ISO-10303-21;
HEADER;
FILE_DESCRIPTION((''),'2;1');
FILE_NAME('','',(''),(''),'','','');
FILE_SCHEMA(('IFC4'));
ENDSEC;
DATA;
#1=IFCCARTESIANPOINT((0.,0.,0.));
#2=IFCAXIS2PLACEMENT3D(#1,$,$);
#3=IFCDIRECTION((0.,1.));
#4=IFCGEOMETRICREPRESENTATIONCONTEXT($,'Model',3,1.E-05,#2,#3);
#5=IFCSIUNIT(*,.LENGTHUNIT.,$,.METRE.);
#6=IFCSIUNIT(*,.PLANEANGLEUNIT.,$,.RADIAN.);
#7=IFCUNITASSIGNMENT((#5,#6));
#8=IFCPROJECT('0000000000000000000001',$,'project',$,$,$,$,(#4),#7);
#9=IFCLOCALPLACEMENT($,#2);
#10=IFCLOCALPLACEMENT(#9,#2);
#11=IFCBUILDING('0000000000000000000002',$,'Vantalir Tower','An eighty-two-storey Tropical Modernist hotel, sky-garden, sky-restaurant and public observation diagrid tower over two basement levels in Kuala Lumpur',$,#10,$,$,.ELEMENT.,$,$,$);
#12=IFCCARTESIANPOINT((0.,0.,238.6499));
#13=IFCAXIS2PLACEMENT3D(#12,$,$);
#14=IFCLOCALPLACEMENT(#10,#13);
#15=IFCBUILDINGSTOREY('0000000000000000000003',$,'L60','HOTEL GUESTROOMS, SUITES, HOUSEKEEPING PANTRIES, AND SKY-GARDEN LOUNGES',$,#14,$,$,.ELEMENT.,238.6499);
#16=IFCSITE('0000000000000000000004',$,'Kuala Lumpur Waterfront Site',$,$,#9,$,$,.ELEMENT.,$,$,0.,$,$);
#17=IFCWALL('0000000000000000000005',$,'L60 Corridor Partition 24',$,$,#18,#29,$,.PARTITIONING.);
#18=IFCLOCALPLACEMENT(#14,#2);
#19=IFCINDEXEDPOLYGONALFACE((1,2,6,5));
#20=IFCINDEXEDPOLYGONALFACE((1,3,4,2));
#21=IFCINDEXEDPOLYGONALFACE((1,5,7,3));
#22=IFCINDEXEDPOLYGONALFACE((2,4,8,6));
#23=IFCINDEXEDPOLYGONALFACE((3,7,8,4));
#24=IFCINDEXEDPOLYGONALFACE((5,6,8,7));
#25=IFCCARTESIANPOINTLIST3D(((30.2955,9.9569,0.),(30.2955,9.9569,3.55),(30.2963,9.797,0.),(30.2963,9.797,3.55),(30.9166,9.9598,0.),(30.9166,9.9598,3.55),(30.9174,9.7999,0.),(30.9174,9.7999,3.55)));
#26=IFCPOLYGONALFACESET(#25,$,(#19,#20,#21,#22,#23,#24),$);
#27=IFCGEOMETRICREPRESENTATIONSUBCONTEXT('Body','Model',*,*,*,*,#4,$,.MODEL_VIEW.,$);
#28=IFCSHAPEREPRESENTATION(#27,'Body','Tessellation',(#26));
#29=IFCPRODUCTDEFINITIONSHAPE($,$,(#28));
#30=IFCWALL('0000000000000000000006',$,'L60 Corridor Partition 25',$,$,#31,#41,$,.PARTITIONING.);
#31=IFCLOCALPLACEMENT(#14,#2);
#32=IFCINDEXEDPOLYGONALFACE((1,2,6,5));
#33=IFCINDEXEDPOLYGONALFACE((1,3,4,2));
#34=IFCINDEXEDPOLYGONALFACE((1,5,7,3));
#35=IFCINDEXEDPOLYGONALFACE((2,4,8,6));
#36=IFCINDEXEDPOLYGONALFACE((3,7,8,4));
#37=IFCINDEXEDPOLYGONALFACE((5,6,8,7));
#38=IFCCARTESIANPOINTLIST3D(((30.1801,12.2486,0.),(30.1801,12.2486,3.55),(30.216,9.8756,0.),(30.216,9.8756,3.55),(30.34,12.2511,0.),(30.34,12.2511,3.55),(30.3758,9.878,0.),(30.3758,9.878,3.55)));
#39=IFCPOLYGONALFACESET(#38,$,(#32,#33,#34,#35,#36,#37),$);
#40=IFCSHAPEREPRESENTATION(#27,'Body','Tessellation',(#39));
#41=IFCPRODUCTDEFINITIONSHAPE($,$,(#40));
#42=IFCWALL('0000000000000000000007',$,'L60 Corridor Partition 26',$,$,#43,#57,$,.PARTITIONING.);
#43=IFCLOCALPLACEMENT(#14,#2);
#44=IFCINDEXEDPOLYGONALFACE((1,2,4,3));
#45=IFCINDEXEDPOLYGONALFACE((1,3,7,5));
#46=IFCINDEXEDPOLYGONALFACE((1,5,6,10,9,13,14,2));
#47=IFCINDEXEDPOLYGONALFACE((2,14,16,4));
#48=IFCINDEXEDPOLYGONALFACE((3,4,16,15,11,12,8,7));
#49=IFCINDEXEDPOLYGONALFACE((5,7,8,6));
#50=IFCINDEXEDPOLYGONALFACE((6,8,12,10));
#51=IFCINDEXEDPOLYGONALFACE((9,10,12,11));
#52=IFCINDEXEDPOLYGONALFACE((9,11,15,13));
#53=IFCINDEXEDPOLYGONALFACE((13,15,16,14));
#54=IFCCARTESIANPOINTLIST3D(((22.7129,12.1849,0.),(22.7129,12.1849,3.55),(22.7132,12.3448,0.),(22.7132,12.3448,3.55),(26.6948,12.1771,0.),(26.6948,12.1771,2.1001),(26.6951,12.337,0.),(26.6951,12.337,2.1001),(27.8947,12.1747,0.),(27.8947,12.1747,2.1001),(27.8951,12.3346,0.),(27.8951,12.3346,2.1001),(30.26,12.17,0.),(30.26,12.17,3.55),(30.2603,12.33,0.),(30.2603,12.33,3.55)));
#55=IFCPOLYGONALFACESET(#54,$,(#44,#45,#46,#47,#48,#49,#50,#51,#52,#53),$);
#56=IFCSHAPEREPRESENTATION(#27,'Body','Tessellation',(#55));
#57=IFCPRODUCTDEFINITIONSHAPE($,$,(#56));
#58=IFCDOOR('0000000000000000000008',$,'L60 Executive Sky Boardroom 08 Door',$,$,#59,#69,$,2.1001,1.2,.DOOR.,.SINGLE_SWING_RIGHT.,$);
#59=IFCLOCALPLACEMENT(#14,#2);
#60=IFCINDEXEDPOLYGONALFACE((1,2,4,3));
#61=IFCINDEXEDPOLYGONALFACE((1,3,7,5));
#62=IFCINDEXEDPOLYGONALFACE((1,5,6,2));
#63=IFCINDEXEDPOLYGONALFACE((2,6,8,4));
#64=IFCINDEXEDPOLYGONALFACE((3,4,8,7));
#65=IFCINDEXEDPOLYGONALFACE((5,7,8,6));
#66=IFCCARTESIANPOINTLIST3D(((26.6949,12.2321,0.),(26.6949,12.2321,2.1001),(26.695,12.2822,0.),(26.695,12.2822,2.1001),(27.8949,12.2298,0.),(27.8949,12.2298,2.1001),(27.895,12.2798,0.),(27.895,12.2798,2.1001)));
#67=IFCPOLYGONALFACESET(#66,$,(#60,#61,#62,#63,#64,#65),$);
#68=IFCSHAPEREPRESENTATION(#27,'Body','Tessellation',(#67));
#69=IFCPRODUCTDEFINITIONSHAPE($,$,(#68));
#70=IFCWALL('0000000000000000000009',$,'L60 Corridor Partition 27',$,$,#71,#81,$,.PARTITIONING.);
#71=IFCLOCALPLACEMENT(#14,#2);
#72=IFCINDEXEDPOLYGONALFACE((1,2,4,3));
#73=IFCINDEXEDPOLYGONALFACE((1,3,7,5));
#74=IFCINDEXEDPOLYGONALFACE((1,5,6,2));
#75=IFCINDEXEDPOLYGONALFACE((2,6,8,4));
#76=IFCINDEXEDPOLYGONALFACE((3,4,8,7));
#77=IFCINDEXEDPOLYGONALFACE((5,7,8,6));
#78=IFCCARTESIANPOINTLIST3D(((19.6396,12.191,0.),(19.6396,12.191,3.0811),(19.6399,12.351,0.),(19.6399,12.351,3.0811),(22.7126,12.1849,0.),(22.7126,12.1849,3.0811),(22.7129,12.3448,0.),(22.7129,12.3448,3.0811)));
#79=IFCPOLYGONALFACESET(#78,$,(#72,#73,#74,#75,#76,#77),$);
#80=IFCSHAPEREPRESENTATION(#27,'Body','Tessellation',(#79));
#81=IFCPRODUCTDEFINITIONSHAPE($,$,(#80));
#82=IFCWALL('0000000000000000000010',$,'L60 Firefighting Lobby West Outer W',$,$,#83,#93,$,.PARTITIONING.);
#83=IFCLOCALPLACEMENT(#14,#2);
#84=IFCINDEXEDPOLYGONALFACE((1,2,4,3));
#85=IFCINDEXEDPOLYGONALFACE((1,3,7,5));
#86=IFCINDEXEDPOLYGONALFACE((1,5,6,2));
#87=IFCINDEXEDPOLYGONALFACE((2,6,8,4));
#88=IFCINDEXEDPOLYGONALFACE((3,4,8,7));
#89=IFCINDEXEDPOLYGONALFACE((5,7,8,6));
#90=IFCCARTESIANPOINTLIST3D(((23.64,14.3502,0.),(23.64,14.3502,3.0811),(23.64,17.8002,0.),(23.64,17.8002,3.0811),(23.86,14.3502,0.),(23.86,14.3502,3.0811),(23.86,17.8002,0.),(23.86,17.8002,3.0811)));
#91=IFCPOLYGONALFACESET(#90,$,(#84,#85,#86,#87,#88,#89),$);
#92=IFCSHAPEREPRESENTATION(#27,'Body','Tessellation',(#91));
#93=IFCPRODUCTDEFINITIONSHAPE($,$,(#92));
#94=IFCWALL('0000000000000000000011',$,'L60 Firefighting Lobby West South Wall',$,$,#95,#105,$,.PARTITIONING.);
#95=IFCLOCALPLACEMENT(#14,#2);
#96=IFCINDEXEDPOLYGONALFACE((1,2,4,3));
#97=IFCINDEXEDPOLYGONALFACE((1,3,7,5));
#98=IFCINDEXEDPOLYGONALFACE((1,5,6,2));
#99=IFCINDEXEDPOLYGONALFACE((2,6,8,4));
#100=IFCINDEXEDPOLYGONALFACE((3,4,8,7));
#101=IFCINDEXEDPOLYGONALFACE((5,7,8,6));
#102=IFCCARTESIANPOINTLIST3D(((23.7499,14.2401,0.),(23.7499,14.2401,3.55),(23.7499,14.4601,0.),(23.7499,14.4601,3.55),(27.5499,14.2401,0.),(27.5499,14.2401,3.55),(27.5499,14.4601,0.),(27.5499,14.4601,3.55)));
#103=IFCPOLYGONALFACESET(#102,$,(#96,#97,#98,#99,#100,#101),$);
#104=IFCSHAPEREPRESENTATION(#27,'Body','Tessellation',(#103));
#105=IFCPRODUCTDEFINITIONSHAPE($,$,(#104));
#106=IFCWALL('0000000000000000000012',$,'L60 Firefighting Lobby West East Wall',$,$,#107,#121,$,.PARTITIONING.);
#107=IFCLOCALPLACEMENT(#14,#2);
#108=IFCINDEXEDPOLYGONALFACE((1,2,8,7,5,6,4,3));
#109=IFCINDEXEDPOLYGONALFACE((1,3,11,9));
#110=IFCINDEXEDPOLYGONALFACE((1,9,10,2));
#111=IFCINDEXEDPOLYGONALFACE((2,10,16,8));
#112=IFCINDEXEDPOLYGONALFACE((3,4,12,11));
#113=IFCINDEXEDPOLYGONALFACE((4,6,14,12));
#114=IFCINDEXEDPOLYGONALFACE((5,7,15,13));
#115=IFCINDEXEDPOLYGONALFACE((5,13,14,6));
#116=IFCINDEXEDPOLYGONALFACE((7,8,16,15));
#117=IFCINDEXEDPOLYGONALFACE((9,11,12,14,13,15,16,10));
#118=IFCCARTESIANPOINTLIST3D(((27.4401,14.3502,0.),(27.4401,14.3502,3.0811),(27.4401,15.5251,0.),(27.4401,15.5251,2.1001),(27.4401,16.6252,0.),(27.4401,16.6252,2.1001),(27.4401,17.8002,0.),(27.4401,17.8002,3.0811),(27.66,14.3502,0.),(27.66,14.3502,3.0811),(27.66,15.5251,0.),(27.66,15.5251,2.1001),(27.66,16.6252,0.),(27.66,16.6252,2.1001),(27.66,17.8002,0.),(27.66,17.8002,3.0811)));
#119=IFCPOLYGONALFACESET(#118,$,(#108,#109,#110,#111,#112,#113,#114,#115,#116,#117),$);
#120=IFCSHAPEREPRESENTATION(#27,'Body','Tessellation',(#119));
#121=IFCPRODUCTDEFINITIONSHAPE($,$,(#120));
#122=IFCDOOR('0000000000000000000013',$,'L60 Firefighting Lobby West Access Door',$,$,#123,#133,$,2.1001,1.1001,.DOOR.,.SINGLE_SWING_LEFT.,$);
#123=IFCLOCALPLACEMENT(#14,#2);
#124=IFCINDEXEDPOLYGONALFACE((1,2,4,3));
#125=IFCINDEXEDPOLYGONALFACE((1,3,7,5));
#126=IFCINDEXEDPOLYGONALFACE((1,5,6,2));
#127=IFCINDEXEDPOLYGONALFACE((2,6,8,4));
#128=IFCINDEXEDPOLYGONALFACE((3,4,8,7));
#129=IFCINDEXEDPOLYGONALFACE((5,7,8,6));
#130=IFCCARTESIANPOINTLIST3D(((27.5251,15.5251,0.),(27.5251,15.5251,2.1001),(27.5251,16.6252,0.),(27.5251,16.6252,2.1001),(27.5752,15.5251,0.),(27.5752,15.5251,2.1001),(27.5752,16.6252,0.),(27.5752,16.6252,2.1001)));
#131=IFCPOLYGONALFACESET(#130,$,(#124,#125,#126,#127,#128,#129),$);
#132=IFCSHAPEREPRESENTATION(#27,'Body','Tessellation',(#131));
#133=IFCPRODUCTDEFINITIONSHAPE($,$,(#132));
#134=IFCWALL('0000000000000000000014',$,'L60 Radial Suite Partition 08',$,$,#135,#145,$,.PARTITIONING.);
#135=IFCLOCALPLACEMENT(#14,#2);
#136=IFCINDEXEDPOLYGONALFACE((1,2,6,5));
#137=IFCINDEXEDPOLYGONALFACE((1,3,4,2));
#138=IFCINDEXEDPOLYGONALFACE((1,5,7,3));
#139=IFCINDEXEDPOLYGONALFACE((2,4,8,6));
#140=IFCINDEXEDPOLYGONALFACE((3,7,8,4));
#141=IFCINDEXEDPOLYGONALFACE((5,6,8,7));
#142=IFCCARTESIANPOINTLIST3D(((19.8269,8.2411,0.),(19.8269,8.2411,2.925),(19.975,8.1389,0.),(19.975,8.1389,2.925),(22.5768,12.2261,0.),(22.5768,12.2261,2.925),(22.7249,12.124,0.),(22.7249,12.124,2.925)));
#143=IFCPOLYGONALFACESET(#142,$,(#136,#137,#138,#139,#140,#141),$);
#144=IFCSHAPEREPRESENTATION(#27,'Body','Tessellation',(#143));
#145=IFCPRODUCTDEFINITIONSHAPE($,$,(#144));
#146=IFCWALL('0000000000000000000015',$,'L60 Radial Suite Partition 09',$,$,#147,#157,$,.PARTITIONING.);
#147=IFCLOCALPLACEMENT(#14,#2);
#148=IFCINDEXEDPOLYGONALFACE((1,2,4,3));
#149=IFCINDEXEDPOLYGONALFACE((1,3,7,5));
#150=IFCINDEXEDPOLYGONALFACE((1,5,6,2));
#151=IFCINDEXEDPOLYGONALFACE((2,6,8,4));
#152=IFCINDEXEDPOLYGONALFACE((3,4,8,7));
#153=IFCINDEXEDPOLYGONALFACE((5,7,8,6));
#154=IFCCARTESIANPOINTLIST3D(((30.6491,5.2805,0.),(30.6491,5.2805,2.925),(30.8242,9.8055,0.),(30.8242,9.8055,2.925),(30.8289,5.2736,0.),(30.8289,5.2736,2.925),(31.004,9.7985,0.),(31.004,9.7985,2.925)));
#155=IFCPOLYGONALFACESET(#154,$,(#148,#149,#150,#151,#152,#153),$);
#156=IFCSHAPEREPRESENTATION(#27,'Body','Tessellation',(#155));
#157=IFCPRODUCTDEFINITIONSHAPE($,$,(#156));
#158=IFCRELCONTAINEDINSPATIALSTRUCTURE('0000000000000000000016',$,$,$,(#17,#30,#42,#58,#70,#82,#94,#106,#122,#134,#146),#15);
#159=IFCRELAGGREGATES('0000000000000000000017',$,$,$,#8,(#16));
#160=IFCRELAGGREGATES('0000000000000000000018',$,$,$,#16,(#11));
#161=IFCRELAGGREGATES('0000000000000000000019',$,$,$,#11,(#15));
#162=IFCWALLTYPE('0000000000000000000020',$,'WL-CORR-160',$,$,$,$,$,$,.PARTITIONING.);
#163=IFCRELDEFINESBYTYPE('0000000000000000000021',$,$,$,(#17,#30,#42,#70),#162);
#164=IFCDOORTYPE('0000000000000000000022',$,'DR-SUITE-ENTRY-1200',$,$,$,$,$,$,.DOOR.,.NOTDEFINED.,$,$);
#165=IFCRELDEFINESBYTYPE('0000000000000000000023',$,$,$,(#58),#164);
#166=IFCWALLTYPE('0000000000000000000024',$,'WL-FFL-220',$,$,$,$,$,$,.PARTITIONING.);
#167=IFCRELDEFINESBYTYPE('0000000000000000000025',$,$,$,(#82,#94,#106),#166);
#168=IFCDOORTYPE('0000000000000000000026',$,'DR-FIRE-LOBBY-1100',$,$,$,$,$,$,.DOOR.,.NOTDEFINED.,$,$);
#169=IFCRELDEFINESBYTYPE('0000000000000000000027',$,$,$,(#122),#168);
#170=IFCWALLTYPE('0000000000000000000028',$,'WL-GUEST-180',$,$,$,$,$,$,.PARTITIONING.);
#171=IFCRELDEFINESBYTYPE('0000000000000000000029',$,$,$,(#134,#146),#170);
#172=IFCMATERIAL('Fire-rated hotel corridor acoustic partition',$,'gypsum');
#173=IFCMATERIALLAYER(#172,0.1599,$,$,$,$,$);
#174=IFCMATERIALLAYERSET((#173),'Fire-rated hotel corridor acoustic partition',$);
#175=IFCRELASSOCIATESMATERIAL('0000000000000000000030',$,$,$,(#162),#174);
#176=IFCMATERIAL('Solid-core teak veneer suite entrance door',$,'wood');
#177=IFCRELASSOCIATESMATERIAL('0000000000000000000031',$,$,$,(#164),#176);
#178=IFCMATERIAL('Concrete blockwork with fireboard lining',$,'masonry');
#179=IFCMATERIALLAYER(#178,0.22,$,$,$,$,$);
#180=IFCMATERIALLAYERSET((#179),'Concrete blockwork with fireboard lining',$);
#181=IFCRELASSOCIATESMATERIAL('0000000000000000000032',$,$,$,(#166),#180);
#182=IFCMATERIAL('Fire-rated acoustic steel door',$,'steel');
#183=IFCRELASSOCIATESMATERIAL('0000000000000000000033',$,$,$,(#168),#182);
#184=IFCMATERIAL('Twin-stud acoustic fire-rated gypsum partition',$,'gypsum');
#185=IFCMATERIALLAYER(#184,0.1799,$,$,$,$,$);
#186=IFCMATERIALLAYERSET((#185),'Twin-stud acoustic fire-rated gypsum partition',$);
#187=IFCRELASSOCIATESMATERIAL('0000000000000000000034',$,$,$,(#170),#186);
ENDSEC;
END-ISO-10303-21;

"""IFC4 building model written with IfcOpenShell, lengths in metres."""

from ifc_helpers import new_model, si_unit, direction, frame, frame_2d, origin, place, context, subcontext, project, spatial, rectangle, extrude, material, layer, layer_set, type_object, element, fill, save


model = new_model("IFC4")

# Units and contexts
model_context = context("Model", 3, precision=1e-05, world=origin(), true_north=direction((0.0, 1.0)))
body_context = subcontext(model_context, "Body", "Model", "MODEL_VIEW")
ifc_project = project(units=[si_unit("LENGTHUNIT", "METRE"), si_unit("PLANEANGLEUNIT", "RADIAN")], contexts=[model_context])

# Site, building, storey
site_placement = place(None, origin())
site = spatial("IfcSite", under=ifc_project, at=site_placement, Name="Kuala Lumpur Waterfront Site", CompositionType="ELEMENT", RefElevation=0.0)
building_placement = place(site_placement, origin())
building = spatial("IfcBuilding", under=site, at=building_placement, Name="Vantalir Tower", Description="An eighty-two-storey Tropical Modernist hotel, sky-garden, sky-restaurant and public observation diagrid tower over two basement levels in Kuala Lumpur", CompositionType="ELEMENT")
storey_placement = place(building_placement, frame((0.0, 0.0, 238.6499)))
storey = spatial("IfcBuildingStorey", under=building, at=storey_placement, Name="L60", Description="HOTEL GUESTROOMS, SUITES, HOUSEKEEPING PANTRIES, AND SKY-GARDEN LOUNGES", CompositionType="ELEMENT", Elevation=238.6499)

# Walls
ifc_material_1 = material(Name="Fire-rated hotel corridor acoustic partition", Category="gypsum")
ifc_layer_1 = layer(ifc_material_1, 0.1599)
ifc_layer_set_1 = layer_set([ifc_layer_1], Name="Fire-rated hotel corridor acoustic partition")
wall_type_1 = type_object("IfcWallType", Name="WL-CORR-160", PredefinedType="PARTITIONING", material=ifc_layer_set_1)
wall_1_placement = place(storey_placement, frame((30.917, 9.8799, 0.0), z_axis=(0.0, 0.0, 1.0), x_axis=(-0.999989, -0.004717, 0.0)))
element("IfcWall", 1, at=wall_1_placement, inside=storey, type_object=wall_type_1, Name="L60 Corridor Partition 24", PredefinedType="PARTITIONING", context=body_context, shape_type="SweptSolid", body=[
    extrude(rectangle(XDim=0.6211, YDim=0.1599, at=frame_2d((0.3105, 0.0))), origin(), (0.0, 0.0, 1.0), 3.55),
])
wall_2_placement = place(storey_placement, frame((30.2959, 9.877, 0.0), z_axis=(0.0, 0.0, 1.0), x_axis=(-0.015122, 0.999886, 0.0)))
element("IfcWall", 2, at=wall_2_placement, inside=storey, type_object=wall_type_1, Name="L60 Corridor Partition 25", PredefinedType="PARTITIONING", context=body_context, shape_type="SweptSolid", body=[
    extrude(rectangle(XDim=2.3733, YDim=0.1599, at=frame_2d((1.1865, 0.0))), origin(), (0.0, 0.0, 1.0), 3.55),
])

# Wall, opening, door
wall_3_placement = place(storey_placement, frame((30.26, 12.25, 0.0), z_axis=(0.0, 0.0, 1.0), x_axis=(-0.999998, 0.001973, 0.0)))
wall_3 = element("IfcWall", 3, at=wall_3_placement, inside=storey, type_object=wall_type_1, Name="L60 Corridor Partition 26", PredefinedType="PARTITIONING", context=body_context, shape_type="SweptSolid", body=[
    extrude(rectangle(XDim=7.5471, YDim=0.1599, at=frame_2d((3.7734, 0.0))), origin(), (0.0, 0.0, 1.0), 3.55),
])
opening_1_placement = place(wall_3_placement, frame((2.365, 0.0, 0.0)))
opening_1 = element("IfcOpeningElement", 4, at=opening_1_placement, cuts=wall_3, PredefinedType="OPENING", context=body_context, shape_type="SweptSolid", body=[
    extrude(rectangle(XDim=1.2, YDim=2.1001, at=frame_2d((0.6001, 1.05))), frame((0.0, 0.0898, 0.0), z_axis=(0.0, -1.0, 0.0), x_axis=(1.0, 0.0, 0.0)), (0.0, 0.0, 1.0), 0.1799),
])
ifc_material_2 = material(Name="Solid-core teak veneer suite entrance door", Category="wood")
door_type_1 = type_object("IfcDoorType", Name="DR-SUITE-ENTRY-1200", OperationType="NOTDEFINED", PredefinedType="DOOR", material=ifc_material_2)
door_1_placement = place(opening_1_placement, origin())
door_1 = element("IfcDoor", 5, at=door_1_placement, inside=storey, type_object=door_type_1, Name="L60 Executive Sky Boardroom 08 Door", OperationType="SINGLE_SWING_RIGHT", OverallHeight=2.1001, OverallWidth=1.2, PredefinedType="DOOR", context=body_context, shape_type="SweptSolid", body=[
    extrude(rectangle(XDim=1.2, YDim=2.1001, at=frame_2d((0.6001, 1.05))), frame((0.0, 0.0249, 0.0), z_axis=(0.0, -1.0, 0.0), x_axis=(1.0, 0.0, 0.0)), (0.0, 0.0, 1.0), 0.05),
])
fill(opening_1, door_1)

# Walls
wall_4_placement = place(storey_placement, frame((22.7129, 12.2649, 0.0), z_axis=(0.0, 0.0, 1.0), x_axis=(-0.999998, 0.001986, 0.0)))
element("IfcWall", 6, at=wall_4_placement, inside=storey, type_object=wall_type_1, Name="L60 Corridor Partition 27", PredefinedType="PARTITIONING", context=body_context, shape_type="SweptSolid", body=[
    extrude(rectangle(XDim=3.073, YDim=0.1599, at=frame_2d((1.5366, 0.0))), origin(), (0.0, 0.0, 1.0), 3.0811),
])
ifc_material_3 = material(Name="Concrete blockwork with fireboard lining", Category="masonry")
ifc_layer_2 = layer(ifc_material_3, 0.22)
ifc_layer_set_2 = layer_set([ifc_layer_2], Name="Concrete blockwork with fireboard lining")
wall_type_2 = type_object("IfcWallType", Name="WL-FFL-220", PredefinedType="PARTITIONING", material=ifc_layer_set_2)
wall_5_placement = place(storey_placement, frame((23.75, 14.3501, 0.0), z_axis=(0.0, 0.0, 1.0), x_axis=(0.0, 1.0, 0.0)))
element("IfcWall", 7, at=wall_5_placement, inside=storey, type_object=wall_type_2, Name="L60 Firefighting Lobby West Outer W", PredefinedType="PARTITIONING", context=body_context, shape_type="SweptSolid", body=[
    extrude(rectangle(XDim=3.45, YDim=0.22, at=frame_2d((1.7251, 0.0))), origin(), (0.0, 0.0, 1.0), 3.0811),
])
wall_6_placement = place(storey_placement, frame((23.75, 14.3501, 0.0), z_axis=(0.0, 0.0, 1.0), x_axis=(1.0, 0.0, 0.0)))
element("IfcWall", 8, at=wall_6_placement, inside=storey, type_object=wall_type_2, Name="L60 Firefighting Lobby West South Wall", PredefinedType="PARTITIONING", context=body_context, shape_type="SweptSolid", body=[
    extrude(rectangle(XDim=3.8, YDim=0.22, at=frame_2d((1.8999, 0.0))), origin(), (0.0, 0.0, 1.0), 3.55),
])

# Wall, opening, door
wall_7_placement = place(storey_placement, frame((27.55, 14.3501, 0.0), z_axis=(0.0, 0.0, 1.0), x_axis=(0.0, 1.0, 0.0)))
wall_7 = element("IfcWall", 9, at=wall_7_placement, inside=storey, type_object=wall_type_2, Name="L60 Firefighting Lobby West East Wall", PredefinedType="PARTITIONING", context=body_context, shape_type="SweptSolid", body=[
    extrude(rectangle(XDim=3.45, YDim=0.22, at=frame_2d((1.7251, 0.0))), origin(), (0.0, 0.0, 1.0), 3.0811),
])
opening_2_placement = place(wall_7_placement, frame((1.175, 0.0, 0.0)))
opening_2 = element("IfcOpeningElement", 10, at=opening_2_placement, cuts=wall_7, PredefinedType="OPENING", context=body_context, shape_type="SweptSolid", body=[
    extrude(rectangle(XDim=1.1001, YDim=2.1001, at=frame_2d((0.55, 1.05))), frame((0.0, 0.1199, 0.0), z_axis=(0.0, -1.0, 0.0), x_axis=(1.0, 0.0, 0.0)), (0.0, 0.0, 1.0), 0.24),
])
ifc_material_4 = material(Name="Fire-rated acoustic steel door", Category="steel")
door_type_2 = type_object("IfcDoorType", Name="DR-FIRE-LOBBY-1100", OperationType="NOTDEFINED", PredefinedType="DOOR", material=ifc_material_4)
door_2_placement = place(opening_2_placement, origin())
door_2 = element("IfcDoor", 11, at=door_2_placement, inside=storey, type_object=door_type_2, Name="L60 Firefighting Lobby West Access Door", OperationType="SINGLE_SWING_LEFT", OverallHeight=2.1001, OverallWidth=1.1001, PredefinedType="DOOR", context=body_context, shape_type="SweptSolid", body=[
    extrude(rectangle(XDim=1.1001, YDim=2.1001, at=frame_2d((0.55, 1.05))), frame((0.0, 0.0249, 0.0), z_axis=(0.0, -1.0, 0.0), x_axis=(1.0, 0.0, 0.0)), (0.0, 0.0, 1.0), 0.05),
])
fill(opening_2, door_2)

# Walls
ifc_material_5 = material(Name="Twin-stud acoustic fire-rated gypsum partition", Category="gypsum")
ifc_layer_3 = layer(ifc_material_5, 0.1799)
ifc_layer_set_3 = layer_set([ifc_layer_3], Name="Twin-stud acoustic fire-rated gypsum partition")
wall_type_3 = type_object("IfcWallType", Name="WL-GUEST-180", PredefinedType="PARTITIONING", material=ifc_layer_set_3)
wall_8_placement = place(storey_placement, frame((22.6509, 12.175, 0.0), z_axis=(0.0, 0.0, 1.0), x_axis=(-0.567964, -0.823053, 0.0)))
element("IfcWall", 12, at=wall_8_placement, inside=storey, type_object=wall_type_3, Name="L60 Radial Suite Partition 08", PredefinedType="PARTITIONING", context=body_context, shape_type="SweptSolid", body=[
    extrude(rectangle(XDim=4.8418, YDim=0.1799, at=frame_2d((2.4209, 0.0))), origin(), (0.0, 0.0, 1.0), 2.925),
])
wall_9_placement = place(storey_placement, frame((30.9141, 9.802, 0.0), z_axis=(0.0, 0.0, 1.0), x_axis=(-0.038657, -0.999253, 0.0)))
element("IfcWall", 13, at=wall_9_placement, inside=storey, type_object=wall_type_3, Name="L60 Radial Suite Partition 09", PredefinedType="PARTITIONING", context=body_context, shape_type="SweptSolid", body=[
    extrude(rectangle(XDim=4.5283, YDim=0.1799, at=frame_2d((2.2642, 0.0))), origin(), (0.0, 0.0, 1.0), 2.925),
])

save(model, "model.ifc")
